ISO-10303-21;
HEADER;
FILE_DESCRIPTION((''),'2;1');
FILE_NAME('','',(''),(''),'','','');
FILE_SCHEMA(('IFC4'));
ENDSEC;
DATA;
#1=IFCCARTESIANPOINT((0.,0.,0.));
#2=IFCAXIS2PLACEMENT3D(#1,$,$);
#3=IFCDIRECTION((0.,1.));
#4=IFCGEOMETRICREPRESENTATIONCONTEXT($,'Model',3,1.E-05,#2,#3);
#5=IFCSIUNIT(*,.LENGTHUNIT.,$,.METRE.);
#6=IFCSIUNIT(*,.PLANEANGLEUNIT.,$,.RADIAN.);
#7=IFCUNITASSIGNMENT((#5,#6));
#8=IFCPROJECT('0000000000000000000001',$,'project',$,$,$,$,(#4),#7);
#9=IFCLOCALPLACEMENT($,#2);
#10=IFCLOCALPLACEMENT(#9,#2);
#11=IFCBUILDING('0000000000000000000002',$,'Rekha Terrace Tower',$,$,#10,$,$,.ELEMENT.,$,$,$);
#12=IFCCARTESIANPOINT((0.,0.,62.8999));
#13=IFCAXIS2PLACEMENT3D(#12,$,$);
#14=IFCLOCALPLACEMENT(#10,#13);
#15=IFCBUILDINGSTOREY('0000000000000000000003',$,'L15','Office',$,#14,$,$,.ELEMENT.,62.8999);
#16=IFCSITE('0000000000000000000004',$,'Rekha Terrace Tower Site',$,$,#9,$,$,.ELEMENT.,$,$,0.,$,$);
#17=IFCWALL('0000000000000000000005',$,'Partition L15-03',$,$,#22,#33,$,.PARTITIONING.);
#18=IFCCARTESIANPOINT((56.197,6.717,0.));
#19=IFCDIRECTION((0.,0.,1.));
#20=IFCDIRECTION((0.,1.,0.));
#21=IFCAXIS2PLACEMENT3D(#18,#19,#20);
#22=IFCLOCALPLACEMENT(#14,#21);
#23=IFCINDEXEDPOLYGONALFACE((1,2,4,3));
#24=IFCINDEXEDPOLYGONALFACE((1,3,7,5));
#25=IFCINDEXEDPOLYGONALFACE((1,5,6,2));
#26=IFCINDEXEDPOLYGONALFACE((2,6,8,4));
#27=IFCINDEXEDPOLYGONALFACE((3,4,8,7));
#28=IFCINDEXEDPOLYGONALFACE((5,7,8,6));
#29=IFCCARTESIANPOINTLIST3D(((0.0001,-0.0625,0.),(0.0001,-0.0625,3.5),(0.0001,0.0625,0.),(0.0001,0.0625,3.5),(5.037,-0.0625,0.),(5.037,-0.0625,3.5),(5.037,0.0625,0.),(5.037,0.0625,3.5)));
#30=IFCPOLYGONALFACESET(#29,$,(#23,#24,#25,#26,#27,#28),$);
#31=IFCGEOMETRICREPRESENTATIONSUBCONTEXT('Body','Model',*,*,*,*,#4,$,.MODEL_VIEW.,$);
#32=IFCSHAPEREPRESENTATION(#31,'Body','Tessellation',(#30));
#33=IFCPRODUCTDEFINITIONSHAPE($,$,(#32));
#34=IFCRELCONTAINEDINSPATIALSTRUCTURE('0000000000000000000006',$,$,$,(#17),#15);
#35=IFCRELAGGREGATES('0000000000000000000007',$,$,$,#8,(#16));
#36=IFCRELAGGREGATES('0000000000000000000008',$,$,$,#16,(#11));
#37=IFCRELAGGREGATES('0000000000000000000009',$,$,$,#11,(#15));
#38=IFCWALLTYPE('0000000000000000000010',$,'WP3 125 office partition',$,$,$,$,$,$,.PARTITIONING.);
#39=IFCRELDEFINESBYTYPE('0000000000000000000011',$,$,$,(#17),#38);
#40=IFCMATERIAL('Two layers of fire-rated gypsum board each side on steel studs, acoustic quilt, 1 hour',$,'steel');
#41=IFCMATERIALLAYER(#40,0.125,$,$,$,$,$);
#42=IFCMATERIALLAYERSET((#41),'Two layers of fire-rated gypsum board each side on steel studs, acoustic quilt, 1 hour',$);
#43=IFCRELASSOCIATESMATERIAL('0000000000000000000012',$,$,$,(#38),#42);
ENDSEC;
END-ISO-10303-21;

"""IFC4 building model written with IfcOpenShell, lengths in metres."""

from ifc_helpers import new_model, si_unit, direction, frame, frame_2d, origin, place, context, subcontext, project, spatial, rectangle, extrude, material, layer, layer_set, type_object, element, save


model = new_model("IFC4")

# Units and contexts
model_context = context("Model", 3, precision=1e-05, world=origin(), true_north=direction((0.0, 1.0)))
body_context = subcontext(model_context, "Body", "Model", "MODEL_VIEW")
ifc_project = project(units=[si_unit("LENGTHUNIT", "METRE"), si_unit("PLANEANGLEUNIT", "RADIAN")], contexts=[model_context])

# Site, building, storey
site_placement = place(None, origin())
site = spatial("IfcSite", under=ifc_project, at=site_placement, Name="Rekha Terrace Tower Site", CompositionType="ELEMENT", RefElevation=0.0)
building_placement = place(site_placement, origin())
building = spatial("IfcBuilding", under=site, at=building_placement, Name="Rekha Terrace Tower", CompositionType="ELEMENT")
storey_placement = place(building_placement, frame((0.0, 0.0, 62.8999)))
storey = spatial("IfcBuildingStorey", under=building, at=storey_placement, Name="L15", Description="Office", CompositionType="ELEMENT", Elevation=62.8999)

# Wall
ifc_material_1 = material(Name="Two layers of fire-rated gypsum board each side on steel studs, acoustic quilt, 1 hour", Category="steel")
ifc_layer_1 = layer(ifc_material_1, 0.125)
ifc_layer_set_1 = layer_set([ifc_layer_1], Name="Two layers of fire-rated gypsum board each side on steel studs, acoustic quilt, 1 hour")
wall_type_1 = type_object("IfcWallType", Name="WP3 125 office partition", PredefinedType="PARTITIONING", material=ifc_layer_set_1)
wall_1_placement = place(storey_placement, frame((56.197, 6.717, 0.0), z_axis=(0.0, 0.0, 1.0), x_axis=(0.0, 1.0, 0.0)))
element("IfcWall", 1, at=wall_1_placement, inside=storey, type_object=wall_type_1, Name="Partition L15-03", PredefinedType="PARTITIONING", context=body_context, shape_type="SweptSolid", body=[
    extrude(rectangle(XDim=5.0369, YDim=0.125, at=frame_2d((2.5186, 0.0))), origin(), (0.0, 0.0, 1.0), 3.5),
])

save(model, "model.ifc")
